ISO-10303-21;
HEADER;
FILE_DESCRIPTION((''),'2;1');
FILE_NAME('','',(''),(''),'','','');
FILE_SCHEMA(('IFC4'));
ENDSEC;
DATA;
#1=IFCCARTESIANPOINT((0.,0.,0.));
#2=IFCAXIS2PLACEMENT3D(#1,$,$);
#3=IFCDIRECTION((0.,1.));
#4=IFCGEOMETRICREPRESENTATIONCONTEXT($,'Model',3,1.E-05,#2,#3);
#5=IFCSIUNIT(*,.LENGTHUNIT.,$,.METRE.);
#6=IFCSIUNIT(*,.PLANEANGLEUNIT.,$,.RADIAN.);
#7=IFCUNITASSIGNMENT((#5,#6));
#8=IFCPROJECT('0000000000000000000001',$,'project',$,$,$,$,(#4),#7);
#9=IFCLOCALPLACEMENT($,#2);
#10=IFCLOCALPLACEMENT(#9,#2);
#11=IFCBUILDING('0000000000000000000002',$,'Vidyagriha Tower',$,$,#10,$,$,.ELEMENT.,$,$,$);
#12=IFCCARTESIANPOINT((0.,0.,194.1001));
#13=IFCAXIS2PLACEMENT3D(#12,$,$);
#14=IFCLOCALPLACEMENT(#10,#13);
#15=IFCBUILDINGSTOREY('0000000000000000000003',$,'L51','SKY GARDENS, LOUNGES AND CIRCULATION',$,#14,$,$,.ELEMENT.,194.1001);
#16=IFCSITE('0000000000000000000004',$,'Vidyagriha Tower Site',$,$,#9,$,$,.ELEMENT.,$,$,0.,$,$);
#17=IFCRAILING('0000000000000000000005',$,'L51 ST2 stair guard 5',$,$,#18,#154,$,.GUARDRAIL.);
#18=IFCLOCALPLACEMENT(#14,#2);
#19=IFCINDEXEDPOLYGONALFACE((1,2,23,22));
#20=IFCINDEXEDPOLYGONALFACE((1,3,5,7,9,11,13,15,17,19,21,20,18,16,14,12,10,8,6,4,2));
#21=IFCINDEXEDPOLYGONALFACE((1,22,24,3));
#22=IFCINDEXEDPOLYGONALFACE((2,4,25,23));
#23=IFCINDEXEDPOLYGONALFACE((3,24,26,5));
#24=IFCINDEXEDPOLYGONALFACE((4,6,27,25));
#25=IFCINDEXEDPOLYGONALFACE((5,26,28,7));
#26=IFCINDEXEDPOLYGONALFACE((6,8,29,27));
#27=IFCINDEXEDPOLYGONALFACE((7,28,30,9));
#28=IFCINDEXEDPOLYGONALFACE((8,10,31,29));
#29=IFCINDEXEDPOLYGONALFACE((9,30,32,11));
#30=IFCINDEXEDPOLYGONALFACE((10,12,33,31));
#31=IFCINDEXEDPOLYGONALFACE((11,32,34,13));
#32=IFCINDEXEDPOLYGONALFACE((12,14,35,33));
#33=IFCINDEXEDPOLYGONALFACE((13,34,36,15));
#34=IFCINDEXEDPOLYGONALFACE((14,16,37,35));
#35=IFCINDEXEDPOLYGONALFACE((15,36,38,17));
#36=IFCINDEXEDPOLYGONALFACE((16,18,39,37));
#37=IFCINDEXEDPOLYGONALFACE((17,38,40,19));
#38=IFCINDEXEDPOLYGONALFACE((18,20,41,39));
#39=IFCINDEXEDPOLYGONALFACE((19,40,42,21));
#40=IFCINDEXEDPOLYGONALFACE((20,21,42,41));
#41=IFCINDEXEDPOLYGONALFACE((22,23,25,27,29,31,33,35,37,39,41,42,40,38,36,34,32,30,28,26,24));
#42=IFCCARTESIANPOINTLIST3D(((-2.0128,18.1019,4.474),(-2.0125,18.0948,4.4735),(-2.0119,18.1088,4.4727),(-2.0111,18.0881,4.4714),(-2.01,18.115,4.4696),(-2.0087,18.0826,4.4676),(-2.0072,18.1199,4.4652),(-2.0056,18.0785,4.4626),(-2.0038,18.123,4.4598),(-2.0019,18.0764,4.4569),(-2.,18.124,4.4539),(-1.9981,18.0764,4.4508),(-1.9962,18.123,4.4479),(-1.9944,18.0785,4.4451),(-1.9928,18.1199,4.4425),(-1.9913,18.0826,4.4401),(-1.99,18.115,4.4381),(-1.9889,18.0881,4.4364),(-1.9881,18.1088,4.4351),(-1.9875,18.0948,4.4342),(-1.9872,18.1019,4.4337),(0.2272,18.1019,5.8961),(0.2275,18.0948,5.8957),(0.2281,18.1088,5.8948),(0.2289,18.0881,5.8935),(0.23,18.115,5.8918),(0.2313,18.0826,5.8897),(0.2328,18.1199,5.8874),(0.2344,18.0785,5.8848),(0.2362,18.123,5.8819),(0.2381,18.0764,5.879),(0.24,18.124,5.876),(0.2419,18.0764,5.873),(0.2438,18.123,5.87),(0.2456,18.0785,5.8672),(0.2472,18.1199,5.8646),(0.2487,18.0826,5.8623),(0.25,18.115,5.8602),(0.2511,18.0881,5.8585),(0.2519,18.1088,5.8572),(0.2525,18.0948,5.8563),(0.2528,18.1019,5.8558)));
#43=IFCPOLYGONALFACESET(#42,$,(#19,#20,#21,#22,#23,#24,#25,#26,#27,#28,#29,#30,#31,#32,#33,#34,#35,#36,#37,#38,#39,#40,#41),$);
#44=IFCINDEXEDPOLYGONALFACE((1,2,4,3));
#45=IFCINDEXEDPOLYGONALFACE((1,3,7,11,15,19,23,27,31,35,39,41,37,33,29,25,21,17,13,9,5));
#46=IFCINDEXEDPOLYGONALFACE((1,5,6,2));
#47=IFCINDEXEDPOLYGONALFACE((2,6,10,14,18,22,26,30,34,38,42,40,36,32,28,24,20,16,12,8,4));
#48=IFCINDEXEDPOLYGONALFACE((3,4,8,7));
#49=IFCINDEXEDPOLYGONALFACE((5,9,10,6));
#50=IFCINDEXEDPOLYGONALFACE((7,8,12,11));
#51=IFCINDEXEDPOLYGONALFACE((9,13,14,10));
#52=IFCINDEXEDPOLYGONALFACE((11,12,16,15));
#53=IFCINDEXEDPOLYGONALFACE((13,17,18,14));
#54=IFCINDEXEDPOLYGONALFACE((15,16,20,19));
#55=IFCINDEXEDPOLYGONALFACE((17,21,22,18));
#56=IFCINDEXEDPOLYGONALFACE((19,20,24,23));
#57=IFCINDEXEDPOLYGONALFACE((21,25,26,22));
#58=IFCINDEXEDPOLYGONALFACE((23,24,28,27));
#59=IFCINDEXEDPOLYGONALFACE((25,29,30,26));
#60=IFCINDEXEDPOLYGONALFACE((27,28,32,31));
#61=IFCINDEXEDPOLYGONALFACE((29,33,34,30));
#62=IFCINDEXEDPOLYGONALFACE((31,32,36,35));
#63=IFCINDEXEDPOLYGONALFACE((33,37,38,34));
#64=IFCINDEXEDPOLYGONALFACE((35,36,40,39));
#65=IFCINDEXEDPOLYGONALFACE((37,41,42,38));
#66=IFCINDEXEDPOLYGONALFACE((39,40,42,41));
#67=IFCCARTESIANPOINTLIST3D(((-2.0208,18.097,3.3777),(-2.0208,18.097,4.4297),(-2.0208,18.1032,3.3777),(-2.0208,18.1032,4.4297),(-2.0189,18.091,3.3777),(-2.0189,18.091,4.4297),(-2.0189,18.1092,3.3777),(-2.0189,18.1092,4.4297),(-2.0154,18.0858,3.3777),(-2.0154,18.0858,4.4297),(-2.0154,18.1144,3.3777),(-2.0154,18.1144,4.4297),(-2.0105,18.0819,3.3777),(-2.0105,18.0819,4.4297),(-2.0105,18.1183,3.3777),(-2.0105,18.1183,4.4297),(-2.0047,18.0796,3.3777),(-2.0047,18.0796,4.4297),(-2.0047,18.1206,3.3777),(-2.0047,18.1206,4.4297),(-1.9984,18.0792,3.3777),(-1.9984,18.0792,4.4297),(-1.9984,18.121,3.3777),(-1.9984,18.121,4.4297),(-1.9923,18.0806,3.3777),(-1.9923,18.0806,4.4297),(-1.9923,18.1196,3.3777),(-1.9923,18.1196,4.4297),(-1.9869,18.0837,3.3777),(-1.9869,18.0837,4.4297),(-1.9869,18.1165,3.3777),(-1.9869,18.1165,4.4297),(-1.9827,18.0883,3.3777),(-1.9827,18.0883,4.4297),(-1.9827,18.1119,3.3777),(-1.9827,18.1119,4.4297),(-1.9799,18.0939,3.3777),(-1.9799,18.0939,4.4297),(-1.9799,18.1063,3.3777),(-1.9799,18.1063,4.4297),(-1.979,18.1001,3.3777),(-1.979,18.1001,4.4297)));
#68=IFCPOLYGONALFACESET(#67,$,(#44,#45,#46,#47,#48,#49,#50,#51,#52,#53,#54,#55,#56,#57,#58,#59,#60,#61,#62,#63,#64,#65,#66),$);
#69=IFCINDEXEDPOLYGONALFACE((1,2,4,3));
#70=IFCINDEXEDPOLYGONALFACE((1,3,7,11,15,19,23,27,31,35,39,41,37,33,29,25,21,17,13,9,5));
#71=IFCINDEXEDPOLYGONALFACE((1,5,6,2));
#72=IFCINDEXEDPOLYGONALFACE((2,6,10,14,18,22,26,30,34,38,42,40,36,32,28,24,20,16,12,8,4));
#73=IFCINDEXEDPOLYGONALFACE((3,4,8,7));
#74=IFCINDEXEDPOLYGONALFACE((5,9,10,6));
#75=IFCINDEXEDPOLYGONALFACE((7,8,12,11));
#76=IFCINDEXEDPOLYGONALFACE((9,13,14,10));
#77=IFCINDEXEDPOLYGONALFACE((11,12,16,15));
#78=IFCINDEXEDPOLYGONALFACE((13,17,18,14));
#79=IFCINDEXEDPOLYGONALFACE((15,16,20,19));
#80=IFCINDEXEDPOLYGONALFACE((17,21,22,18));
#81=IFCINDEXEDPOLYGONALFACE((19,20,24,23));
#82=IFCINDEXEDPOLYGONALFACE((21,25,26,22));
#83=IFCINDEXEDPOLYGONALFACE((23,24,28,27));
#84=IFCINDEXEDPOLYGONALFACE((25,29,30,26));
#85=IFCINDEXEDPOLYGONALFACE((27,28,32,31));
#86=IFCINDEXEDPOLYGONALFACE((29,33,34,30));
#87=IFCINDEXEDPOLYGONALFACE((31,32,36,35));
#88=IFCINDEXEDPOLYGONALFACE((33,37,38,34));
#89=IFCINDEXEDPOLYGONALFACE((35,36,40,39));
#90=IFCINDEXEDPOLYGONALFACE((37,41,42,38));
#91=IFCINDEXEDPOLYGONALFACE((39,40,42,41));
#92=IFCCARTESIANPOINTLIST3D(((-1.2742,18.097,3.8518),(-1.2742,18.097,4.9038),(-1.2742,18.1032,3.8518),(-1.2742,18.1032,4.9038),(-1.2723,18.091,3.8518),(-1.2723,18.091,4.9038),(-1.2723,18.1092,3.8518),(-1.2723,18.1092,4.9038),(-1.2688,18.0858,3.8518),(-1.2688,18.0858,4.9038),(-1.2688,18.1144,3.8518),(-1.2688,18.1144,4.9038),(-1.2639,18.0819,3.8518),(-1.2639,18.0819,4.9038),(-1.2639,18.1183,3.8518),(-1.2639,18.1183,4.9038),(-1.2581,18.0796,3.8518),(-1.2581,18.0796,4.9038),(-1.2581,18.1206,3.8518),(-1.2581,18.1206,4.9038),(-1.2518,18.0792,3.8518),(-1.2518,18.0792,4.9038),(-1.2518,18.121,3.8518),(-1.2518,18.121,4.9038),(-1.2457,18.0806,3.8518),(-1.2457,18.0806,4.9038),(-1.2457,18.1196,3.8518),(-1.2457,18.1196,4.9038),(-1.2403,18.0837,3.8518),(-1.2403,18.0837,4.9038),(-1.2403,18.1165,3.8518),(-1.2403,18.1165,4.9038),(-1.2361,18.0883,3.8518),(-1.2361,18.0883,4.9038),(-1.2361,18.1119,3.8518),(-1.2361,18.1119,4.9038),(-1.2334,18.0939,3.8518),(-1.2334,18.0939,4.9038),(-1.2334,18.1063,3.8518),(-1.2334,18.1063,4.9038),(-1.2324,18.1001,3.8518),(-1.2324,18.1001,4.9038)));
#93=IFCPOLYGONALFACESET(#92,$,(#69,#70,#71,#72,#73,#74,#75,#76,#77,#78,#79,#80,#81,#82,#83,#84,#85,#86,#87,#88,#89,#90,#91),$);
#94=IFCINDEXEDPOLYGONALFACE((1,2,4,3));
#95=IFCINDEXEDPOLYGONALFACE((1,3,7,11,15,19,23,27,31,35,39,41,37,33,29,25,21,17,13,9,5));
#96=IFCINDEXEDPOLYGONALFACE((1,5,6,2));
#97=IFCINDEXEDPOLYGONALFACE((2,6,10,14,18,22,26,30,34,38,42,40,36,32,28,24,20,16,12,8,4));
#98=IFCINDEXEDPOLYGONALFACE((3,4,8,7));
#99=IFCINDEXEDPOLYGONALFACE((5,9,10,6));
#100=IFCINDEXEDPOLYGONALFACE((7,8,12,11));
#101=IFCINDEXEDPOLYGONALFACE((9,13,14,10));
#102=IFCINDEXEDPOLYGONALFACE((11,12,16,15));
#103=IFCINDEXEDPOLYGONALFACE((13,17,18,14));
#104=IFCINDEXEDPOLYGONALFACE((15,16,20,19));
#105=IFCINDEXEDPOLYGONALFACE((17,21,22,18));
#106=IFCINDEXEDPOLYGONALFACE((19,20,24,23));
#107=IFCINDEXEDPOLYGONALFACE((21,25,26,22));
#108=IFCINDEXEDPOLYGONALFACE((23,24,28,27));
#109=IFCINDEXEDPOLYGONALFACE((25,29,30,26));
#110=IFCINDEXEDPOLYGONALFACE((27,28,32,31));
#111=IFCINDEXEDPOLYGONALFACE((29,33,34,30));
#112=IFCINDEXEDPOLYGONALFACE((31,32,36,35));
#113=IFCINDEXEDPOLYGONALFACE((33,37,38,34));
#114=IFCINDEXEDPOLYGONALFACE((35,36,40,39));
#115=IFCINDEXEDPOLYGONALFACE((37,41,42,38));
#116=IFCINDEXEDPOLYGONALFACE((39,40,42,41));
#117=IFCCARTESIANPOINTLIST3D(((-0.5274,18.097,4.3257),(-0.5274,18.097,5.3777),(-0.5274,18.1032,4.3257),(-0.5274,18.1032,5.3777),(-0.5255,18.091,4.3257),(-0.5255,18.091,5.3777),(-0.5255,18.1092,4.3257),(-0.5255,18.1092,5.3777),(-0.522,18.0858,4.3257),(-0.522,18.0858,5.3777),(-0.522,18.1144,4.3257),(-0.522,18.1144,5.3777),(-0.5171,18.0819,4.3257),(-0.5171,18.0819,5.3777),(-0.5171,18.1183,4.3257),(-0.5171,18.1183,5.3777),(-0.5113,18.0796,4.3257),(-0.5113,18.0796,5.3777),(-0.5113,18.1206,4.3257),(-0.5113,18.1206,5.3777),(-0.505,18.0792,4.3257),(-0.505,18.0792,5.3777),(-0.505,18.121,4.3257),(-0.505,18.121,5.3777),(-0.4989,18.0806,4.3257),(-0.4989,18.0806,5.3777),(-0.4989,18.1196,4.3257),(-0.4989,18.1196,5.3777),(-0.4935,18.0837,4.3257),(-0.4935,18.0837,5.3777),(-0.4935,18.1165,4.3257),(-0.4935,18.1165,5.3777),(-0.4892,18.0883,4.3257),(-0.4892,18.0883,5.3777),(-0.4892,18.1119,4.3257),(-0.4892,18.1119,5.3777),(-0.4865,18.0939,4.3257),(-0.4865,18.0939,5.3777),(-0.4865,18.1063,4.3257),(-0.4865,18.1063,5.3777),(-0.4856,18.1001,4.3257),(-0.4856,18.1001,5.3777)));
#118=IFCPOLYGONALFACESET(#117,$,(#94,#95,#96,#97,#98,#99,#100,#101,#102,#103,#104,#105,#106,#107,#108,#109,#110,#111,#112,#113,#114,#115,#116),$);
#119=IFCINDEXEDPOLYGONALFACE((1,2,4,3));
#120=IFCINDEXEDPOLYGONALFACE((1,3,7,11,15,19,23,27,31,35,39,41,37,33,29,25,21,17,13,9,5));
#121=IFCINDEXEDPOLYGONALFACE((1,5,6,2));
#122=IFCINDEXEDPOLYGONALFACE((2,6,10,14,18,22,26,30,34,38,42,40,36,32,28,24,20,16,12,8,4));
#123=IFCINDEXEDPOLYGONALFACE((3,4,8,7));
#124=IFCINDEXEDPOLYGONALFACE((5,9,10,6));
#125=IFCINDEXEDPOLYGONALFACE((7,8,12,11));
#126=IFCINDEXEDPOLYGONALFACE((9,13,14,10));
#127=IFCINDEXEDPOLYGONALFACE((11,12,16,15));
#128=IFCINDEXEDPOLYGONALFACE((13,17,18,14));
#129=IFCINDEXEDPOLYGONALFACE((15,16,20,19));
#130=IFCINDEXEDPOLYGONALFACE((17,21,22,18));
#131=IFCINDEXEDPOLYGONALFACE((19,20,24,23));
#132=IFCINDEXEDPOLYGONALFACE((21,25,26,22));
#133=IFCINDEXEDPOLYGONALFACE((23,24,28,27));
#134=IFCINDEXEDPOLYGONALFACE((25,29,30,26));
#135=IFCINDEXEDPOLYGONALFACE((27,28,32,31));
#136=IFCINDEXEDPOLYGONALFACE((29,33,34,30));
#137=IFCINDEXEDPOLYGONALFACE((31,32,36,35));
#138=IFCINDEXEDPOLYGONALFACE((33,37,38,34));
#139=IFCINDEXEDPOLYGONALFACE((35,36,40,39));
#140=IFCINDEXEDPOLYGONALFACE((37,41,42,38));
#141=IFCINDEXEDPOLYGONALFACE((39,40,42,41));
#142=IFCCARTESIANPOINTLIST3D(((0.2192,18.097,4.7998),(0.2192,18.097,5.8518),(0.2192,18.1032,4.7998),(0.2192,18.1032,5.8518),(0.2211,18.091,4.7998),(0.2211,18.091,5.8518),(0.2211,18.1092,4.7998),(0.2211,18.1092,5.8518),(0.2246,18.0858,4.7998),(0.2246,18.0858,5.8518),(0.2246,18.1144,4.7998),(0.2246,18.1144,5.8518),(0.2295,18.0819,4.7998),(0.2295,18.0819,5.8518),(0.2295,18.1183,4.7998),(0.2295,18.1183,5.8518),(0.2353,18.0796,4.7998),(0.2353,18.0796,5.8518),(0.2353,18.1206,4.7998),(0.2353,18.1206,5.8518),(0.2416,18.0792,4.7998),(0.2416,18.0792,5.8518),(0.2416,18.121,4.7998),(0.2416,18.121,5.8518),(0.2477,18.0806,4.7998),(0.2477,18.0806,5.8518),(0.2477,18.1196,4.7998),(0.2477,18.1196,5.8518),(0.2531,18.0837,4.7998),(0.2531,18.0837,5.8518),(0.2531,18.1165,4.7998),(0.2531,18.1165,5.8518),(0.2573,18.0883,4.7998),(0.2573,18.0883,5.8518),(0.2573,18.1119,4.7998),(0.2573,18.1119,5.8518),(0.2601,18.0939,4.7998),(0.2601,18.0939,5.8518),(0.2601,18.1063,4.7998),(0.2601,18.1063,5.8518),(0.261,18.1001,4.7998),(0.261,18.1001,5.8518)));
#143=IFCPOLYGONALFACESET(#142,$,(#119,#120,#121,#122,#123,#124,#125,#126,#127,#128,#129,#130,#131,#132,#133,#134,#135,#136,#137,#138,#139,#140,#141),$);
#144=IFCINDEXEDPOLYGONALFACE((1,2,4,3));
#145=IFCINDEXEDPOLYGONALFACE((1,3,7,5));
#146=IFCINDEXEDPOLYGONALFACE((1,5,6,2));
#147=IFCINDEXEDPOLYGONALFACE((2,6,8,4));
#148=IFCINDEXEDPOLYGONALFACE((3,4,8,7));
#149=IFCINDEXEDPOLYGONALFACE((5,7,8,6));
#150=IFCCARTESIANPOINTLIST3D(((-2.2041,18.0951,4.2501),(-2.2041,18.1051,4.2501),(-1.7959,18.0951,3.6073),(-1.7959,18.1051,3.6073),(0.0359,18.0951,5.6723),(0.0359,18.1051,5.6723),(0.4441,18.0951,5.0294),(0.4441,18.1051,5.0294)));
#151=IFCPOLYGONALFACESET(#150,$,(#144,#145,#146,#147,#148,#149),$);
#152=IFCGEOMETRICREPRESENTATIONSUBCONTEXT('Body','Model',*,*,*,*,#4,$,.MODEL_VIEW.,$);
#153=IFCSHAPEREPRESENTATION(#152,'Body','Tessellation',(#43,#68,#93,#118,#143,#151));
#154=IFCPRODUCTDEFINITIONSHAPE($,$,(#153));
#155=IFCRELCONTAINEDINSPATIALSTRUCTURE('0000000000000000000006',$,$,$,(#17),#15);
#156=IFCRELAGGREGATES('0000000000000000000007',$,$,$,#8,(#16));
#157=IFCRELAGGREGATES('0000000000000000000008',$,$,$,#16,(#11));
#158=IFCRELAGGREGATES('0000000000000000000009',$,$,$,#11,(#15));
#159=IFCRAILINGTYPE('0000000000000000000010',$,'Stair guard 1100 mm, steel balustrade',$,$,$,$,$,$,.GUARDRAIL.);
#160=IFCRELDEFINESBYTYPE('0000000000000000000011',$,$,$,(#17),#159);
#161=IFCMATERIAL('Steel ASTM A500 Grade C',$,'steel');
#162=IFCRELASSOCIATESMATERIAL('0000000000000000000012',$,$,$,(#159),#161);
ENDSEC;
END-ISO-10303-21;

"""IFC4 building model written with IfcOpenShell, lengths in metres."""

from ifc_helpers import new_model, si_unit, direction, frame, origin, origin_2d, place, context, subcontext, project, spatial, rectangle, circle, extrude, material, type_object, element, save


model = new_model("IFC4")

# Units and contexts
model_context = context("Model", 3, precision=1e-05, world=origin(), true_north=direction((0.0, 1.0)))
body_context = subcontext(model_context, "Body", "Model", "MODEL_VIEW")
ifc_project = project(units=[si_unit("LENGTHUNIT", "METRE"), si_unit("PLANEANGLEUNIT", "RADIAN")], contexts=[model_context])

# Site, building, storey
site_placement = place(None, origin())
site = spatial("IfcSite", under=ifc_project, at=site_placement, Name="Vidyagriha Tower Site", CompositionType="ELEMENT", RefElevation=0.0)
building_placement = place(site_placement, origin())
building = spatial("IfcBuilding", under=site, at=building_placement, Name="Vidyagriha Tower", CompositionType="ELEMENT")
storey_placement = place(building_placement, frame((0.0, 0.0, 194.1001)))
storey = spatial("IfcBuildingStorey", under=building, at=storey_placement, Name="L51", Description="SKY GARDENS, LOUNGES AND CIRCULATION", CompositionType="ELEMENT", Elevation=194.1001)

# Railing
ifc_material_1 = material(Name="Steel ASTM A500 Grade C", Category="steel")
railing_type_1 = type_object("IfcRailingType", Name="Stair guard 1100 mm, steel balustrade", PredefinedType="GUARDRAIL", material=ifc_material_1)
railing_1_placement = place(storey_placement, frame((-2.0, 18.1001, 3.3777)))
element("IfcRailing", 1, at=railing_1_placement, inside=storey, type_object=railing_type_1, Name="L51 ST2 stair guard 5", PredefinedType="GUARDRAIL", context=body_context, shape_type="SweptSolid", body=[
    extrude(circle(Radius=0.0239, at=origin_2d()), frame((0.0, 0.0, 1.0762), z_axis=(0.844229, 0.0, 0.535982), x_axis=(0.0, 1.0, 0.0)), (0.0, 0.0, 1.0), 2.6533),
    extrude(circle(Radius=0.021, at=origin_2d()), origin(), (0.0, 0.0, 1.0), 1.052),
    extrude(circle(Radius=0.021, at=origin_2d()), frame((0.7466, 0.0, 0.4741)), (0.0, 0.0, 1.0), 1.052),
    extrude(circle(Radius=0.021, at=origin_2d()), frame((1.4934, 0.0, 0.948)), (0.0, 0.0, 1.0), 1.052),
    extrude(circle(Radius=0.021, at=origin_2d()), frame((2.24, 0.0, 1.4221)), (0.0, 0.0, 1.0), 1.052),
    extrude(rectangle(XDim=0.01, YDim=0.7615, at=origin_2d()), frame((0.0, 0.0, 0.551), z_axis=(0.844229, 0.0, 0.535982), x_axis=(0.0, 1.0, 0.0)), (0.0, 0.0, 1.0), 2.6533),
])

save(model, "model.ifc")
